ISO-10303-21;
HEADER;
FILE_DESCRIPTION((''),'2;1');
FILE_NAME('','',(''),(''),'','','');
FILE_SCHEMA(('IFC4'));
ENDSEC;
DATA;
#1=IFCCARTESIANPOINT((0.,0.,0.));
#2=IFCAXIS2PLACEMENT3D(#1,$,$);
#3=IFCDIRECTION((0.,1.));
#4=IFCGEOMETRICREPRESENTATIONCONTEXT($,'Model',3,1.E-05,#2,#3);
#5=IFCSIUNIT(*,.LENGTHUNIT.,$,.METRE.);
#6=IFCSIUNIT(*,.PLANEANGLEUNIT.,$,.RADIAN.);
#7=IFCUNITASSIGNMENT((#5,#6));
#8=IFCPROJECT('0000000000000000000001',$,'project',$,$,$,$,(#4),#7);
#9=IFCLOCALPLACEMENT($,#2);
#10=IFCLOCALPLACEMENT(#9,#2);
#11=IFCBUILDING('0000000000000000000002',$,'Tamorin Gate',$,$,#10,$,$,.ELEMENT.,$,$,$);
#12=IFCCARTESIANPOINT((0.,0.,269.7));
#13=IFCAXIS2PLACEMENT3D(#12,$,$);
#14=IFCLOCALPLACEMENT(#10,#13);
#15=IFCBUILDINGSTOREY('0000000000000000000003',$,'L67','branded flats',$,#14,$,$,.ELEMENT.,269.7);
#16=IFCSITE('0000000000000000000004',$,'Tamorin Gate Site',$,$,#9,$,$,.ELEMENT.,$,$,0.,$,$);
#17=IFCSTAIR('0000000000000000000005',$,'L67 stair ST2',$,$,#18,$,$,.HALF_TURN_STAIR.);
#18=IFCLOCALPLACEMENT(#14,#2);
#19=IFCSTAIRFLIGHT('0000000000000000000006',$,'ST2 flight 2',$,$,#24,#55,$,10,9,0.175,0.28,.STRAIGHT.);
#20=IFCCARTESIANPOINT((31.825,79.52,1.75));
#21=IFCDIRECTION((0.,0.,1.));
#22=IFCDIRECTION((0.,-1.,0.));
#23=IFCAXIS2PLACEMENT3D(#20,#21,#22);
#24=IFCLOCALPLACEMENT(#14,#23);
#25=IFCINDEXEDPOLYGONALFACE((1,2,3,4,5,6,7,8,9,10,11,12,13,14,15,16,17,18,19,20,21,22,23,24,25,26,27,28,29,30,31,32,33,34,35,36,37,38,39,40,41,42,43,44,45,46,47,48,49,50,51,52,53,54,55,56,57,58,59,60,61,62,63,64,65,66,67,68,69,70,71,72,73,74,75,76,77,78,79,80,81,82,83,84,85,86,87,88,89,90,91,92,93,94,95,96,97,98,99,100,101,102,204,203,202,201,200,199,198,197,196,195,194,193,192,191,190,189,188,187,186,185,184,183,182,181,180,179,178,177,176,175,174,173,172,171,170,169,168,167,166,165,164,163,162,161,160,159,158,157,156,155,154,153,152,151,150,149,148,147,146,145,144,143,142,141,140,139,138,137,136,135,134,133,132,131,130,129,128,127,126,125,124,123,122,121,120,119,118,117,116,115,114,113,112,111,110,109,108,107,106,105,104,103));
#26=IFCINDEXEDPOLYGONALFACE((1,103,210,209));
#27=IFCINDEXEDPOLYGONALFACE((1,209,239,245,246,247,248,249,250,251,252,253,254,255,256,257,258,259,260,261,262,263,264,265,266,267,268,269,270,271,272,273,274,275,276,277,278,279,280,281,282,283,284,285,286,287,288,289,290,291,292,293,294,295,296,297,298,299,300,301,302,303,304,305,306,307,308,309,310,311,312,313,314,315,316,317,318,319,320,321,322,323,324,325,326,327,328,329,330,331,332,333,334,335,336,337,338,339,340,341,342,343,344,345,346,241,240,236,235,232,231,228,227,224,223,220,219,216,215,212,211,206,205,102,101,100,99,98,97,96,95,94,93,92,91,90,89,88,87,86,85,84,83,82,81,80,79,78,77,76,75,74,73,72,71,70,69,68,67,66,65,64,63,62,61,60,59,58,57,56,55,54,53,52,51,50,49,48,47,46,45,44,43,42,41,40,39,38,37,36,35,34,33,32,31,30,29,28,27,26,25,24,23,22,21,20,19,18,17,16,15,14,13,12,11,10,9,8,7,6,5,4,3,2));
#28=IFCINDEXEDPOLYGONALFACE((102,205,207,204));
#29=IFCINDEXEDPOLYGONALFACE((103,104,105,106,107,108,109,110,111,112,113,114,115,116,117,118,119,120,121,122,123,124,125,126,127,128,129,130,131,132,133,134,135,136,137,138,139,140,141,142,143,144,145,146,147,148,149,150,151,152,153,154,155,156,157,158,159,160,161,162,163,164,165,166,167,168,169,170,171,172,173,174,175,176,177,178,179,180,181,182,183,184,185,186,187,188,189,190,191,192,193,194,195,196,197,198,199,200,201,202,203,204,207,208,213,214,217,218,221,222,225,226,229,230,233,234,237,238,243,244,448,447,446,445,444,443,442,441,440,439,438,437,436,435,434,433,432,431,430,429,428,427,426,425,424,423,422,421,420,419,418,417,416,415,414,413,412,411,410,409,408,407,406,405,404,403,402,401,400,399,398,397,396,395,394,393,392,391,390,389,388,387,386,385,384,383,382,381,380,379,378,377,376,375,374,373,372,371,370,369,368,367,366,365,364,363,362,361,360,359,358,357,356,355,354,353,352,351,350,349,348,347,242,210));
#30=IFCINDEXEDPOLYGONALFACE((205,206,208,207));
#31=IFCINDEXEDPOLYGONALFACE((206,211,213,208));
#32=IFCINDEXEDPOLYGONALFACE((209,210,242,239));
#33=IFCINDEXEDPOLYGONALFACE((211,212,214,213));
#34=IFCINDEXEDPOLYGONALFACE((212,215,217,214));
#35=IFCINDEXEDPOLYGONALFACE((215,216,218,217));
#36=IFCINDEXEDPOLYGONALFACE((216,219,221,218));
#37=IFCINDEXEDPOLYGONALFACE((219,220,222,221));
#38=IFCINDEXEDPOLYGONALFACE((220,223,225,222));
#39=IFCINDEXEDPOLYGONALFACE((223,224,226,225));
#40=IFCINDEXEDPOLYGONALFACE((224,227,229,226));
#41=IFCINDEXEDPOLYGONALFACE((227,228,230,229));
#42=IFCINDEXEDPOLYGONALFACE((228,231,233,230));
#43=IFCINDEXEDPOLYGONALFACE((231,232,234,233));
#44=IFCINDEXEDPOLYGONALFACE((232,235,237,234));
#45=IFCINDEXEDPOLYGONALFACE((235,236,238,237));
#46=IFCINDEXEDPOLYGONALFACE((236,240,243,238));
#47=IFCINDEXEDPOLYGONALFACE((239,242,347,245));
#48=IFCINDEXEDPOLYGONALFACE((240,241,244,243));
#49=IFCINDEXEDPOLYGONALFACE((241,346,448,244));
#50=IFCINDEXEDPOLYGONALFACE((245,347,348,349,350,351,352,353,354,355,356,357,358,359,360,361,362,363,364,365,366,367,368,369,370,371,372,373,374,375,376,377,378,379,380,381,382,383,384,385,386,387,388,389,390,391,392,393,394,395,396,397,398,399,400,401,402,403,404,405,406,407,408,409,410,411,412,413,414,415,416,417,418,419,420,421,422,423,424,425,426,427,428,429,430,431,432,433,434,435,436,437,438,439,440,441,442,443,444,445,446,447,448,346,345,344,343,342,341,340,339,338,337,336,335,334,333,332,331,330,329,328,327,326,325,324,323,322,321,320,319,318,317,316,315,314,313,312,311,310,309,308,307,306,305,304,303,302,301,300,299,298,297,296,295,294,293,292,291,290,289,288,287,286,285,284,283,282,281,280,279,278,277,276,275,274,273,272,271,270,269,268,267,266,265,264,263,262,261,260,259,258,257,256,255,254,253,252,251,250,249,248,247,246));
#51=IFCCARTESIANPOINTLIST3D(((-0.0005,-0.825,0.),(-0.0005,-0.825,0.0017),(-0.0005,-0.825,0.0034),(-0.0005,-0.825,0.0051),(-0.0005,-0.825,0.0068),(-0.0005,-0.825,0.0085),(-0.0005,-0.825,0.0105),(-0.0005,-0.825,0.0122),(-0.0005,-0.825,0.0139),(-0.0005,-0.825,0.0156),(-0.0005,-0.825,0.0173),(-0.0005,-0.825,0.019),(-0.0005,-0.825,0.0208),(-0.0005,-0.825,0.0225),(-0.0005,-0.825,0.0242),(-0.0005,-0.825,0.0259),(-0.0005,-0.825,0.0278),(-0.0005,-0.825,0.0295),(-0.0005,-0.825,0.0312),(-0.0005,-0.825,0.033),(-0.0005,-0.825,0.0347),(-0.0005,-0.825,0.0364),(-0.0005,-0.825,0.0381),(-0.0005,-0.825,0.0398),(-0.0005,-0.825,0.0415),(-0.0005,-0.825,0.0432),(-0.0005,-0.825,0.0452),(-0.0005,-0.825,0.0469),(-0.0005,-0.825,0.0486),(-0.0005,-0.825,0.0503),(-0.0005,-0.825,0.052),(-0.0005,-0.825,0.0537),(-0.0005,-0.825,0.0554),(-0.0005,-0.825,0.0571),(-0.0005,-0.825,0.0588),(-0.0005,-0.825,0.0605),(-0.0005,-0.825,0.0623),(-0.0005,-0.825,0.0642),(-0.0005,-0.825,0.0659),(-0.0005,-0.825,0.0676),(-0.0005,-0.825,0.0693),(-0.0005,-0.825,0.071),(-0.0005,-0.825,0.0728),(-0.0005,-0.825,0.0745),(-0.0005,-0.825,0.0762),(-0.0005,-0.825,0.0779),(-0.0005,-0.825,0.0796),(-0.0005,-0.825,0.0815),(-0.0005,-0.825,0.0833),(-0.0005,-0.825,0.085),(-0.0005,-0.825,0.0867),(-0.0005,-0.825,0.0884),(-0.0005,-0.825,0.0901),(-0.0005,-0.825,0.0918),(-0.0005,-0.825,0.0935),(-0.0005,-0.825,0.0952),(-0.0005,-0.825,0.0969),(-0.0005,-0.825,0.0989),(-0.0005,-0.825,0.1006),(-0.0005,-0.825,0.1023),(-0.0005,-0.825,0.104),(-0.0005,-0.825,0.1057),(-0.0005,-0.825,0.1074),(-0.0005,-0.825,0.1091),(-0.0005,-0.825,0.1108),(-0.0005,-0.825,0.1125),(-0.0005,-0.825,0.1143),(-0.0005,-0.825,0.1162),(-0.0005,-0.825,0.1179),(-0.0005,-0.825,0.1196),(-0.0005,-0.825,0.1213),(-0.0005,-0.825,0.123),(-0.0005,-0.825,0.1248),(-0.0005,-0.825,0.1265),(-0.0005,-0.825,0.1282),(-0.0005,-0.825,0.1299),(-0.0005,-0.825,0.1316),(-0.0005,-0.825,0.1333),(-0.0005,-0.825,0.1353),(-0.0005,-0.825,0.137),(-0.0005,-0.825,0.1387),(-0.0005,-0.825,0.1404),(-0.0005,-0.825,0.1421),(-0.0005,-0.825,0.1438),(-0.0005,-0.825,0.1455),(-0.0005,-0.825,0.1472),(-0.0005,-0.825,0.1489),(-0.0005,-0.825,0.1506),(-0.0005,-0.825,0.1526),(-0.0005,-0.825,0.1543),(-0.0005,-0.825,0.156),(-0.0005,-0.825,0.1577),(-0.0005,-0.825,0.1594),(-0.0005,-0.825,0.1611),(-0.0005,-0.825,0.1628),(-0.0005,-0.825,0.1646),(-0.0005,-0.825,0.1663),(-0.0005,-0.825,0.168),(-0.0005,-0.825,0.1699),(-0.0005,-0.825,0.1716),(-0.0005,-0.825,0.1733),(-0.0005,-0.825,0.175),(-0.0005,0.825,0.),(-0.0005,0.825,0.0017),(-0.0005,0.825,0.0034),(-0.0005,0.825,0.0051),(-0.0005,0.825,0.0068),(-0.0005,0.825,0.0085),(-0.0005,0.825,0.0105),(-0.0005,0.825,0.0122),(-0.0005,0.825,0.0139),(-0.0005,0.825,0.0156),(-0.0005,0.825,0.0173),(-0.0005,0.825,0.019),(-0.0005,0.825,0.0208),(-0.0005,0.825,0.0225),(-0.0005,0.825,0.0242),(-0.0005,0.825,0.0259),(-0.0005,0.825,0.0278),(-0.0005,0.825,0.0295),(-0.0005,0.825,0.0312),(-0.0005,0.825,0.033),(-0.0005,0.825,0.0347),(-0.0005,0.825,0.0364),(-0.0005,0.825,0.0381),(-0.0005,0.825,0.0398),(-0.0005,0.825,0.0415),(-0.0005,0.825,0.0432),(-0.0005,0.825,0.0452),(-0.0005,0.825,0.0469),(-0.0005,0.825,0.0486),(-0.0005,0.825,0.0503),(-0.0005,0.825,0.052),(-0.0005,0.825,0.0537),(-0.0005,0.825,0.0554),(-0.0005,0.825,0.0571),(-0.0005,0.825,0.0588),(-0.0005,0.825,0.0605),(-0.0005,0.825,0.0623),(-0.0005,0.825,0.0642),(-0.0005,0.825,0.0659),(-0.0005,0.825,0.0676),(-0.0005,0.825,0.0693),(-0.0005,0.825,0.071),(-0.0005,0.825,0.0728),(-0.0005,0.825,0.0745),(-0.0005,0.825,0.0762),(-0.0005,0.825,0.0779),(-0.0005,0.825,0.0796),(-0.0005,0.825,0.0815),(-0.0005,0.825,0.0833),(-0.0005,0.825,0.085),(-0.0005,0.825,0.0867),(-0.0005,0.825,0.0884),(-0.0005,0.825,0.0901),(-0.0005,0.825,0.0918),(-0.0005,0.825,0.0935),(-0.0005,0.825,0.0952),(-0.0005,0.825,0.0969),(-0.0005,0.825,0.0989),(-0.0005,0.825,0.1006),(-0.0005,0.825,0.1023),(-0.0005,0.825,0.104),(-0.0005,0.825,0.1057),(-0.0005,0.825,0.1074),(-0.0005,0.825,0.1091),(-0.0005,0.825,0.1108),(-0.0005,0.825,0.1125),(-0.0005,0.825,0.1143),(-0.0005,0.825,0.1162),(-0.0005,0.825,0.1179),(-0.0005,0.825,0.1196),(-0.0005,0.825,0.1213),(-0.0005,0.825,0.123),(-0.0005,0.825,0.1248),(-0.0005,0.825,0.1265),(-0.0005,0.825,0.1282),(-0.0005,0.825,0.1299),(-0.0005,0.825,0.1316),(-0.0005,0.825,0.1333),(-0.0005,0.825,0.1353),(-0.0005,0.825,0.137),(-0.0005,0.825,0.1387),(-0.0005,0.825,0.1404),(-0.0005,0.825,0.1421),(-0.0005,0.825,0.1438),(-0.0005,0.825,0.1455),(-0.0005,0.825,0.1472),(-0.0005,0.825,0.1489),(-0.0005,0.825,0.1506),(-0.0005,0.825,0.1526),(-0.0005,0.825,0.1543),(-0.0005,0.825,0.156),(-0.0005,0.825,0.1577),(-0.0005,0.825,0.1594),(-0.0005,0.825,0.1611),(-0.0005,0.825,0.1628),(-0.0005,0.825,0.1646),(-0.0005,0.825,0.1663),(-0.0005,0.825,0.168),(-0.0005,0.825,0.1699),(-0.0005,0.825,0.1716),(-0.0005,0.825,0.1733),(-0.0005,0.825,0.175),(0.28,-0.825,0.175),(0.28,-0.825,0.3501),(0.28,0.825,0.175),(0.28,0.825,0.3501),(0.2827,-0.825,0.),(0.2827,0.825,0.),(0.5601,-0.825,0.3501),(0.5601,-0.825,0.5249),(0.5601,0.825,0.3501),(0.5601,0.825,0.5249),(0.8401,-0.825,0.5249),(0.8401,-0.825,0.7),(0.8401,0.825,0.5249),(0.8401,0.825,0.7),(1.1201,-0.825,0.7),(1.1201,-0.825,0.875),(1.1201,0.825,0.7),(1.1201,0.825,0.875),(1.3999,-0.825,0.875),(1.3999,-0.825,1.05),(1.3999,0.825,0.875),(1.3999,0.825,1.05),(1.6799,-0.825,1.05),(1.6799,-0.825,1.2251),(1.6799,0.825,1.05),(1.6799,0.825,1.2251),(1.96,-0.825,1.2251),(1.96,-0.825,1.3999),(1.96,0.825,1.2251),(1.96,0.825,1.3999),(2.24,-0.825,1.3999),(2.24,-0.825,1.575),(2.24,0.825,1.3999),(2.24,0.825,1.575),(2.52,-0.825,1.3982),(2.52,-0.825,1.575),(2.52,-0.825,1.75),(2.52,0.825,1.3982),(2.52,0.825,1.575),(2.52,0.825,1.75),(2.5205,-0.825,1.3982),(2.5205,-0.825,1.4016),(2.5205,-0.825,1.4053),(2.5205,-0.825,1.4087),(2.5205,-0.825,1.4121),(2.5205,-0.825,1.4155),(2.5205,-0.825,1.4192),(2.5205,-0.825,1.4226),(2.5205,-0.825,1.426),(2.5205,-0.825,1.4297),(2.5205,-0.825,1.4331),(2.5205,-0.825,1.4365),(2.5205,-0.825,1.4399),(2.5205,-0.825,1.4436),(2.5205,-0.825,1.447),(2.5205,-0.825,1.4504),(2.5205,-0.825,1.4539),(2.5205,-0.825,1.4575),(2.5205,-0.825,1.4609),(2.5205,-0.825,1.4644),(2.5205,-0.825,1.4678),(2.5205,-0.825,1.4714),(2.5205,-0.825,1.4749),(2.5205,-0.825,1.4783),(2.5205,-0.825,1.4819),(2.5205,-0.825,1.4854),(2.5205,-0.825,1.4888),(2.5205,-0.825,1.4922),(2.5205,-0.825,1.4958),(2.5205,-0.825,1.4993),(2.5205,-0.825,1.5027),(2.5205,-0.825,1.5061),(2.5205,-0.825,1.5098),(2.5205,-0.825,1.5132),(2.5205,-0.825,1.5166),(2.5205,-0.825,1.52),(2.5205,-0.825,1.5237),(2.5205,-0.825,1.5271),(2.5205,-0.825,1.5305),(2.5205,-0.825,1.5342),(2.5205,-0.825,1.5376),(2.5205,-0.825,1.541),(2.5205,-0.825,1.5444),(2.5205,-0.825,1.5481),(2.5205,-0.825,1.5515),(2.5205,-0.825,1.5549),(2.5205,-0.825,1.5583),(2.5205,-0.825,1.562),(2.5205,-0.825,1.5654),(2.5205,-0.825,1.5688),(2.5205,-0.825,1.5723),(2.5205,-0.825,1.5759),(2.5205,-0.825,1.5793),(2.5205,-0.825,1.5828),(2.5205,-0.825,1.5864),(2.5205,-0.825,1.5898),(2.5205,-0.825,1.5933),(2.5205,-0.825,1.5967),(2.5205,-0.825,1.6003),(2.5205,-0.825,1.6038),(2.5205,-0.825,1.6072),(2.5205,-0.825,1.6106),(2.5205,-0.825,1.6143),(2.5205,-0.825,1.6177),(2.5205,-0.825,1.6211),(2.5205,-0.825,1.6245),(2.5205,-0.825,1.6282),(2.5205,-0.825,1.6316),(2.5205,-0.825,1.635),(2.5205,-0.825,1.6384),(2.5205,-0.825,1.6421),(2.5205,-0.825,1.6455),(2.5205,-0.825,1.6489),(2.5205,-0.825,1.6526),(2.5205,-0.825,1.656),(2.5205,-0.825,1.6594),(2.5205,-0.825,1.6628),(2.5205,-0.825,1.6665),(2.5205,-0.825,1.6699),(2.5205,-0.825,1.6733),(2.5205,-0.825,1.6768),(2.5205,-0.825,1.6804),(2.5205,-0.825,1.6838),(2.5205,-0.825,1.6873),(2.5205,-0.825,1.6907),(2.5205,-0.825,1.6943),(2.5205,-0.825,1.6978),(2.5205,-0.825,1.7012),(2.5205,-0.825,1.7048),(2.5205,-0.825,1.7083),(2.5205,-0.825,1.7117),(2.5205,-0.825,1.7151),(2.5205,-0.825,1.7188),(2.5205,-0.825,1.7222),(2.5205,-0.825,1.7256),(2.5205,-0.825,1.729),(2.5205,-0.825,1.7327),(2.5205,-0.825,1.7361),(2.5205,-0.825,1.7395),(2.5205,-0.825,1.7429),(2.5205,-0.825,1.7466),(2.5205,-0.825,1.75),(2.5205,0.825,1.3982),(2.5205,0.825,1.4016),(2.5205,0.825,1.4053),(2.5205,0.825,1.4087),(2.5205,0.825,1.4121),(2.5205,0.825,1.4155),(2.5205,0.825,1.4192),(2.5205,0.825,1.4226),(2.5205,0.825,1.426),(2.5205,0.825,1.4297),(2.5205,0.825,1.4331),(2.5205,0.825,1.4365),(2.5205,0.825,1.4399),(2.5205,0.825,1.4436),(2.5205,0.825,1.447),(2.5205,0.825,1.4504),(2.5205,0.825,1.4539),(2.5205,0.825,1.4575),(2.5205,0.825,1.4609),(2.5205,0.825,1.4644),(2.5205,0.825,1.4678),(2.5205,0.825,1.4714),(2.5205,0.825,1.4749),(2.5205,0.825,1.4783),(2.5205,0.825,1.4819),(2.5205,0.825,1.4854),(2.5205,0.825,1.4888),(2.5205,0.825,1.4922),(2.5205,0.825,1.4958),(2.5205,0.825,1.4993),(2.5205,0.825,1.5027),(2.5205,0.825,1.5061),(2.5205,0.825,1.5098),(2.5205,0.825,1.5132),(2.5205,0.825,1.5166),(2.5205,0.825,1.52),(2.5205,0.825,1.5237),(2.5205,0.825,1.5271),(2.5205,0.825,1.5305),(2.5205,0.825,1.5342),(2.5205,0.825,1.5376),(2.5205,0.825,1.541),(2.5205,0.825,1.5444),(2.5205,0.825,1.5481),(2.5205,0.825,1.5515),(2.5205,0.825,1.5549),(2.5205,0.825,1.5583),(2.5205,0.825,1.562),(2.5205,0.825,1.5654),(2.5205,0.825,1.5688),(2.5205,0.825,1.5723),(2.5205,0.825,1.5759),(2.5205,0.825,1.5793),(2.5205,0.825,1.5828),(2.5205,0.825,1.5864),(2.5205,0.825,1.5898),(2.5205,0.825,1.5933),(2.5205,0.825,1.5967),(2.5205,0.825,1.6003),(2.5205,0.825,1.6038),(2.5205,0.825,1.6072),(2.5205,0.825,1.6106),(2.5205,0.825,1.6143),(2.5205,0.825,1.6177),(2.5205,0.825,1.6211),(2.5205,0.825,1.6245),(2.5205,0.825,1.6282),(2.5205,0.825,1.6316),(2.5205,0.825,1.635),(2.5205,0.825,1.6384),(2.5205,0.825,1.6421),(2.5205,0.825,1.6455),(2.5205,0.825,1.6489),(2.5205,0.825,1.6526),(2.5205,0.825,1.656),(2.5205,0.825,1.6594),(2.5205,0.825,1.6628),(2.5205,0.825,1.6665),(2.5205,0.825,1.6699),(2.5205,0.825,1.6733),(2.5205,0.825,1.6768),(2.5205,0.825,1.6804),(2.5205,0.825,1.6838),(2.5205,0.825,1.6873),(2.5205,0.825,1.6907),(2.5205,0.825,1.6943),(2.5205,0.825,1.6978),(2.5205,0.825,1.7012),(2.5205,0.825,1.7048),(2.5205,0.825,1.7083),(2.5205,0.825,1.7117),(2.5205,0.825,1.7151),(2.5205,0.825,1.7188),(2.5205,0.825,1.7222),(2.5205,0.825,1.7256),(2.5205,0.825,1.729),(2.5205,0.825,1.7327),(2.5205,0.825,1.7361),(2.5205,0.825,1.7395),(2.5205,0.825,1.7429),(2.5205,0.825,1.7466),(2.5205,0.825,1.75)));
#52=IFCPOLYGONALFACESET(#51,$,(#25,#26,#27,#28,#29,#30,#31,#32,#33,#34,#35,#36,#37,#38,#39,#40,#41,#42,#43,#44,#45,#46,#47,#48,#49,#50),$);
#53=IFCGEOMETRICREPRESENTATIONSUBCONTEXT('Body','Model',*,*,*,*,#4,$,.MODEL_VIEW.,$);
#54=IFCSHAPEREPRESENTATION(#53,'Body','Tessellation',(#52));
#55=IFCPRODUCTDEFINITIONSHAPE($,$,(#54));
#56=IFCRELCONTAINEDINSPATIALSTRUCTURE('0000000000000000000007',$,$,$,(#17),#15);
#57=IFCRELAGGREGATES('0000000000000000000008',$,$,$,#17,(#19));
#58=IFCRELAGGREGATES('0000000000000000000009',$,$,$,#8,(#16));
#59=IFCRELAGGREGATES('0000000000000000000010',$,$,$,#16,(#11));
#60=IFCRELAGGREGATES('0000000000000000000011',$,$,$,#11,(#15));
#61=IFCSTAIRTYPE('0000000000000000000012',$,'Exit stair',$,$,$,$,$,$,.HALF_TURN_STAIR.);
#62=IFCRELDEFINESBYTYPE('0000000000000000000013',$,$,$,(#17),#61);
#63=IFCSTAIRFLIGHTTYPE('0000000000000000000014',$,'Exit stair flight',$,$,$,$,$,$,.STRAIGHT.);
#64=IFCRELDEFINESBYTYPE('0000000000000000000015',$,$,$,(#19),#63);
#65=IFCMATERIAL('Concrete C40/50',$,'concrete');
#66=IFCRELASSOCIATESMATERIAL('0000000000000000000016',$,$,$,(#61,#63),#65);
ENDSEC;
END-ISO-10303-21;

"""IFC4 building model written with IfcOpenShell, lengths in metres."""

from ifc_helpers import new_model, si_unit, direction, frame, origin, place, context, subcontext, project, spatial, polyline, outline, extrude, material, type_object, element, aggregate, save


model = new_model("IFC4")

# Units and contexts
model_context = context("Model", 3, precision=1e-05, world=origin(), true_north=direction((0.0, 1.0)))
body_context = subcontext(model_context, "Body", "Model", "MODEL_VIEW")
ifc_project = project(units=[si_unit("LENGTHUNIT", "METRE"), si_unit("PLANEANGLEUNIT", "RADIAN")], contexts=[model_context])

# Site, building, storey
site_placement = place(None, origin())
site = spatial("IfcSite", under=ifc_project, at=site_placement, Name="Tamorin Gate Site", CompositionType="ELEMENT", RefElevation=0.0)
building_placement = place(site_placement, origin())
building = spatial("IfcBuilding", under=site, at=building_placement, Name="Tamorin Gate", CompositionType="ELEMENT")
storey_placement = place(building_placement, frame((0.0, 0.0, 269.7)))
storey = spatial("IfcBuildingStorey", under=building, at=storey_placement, Name="L67", Description="branded flats", CompositionType="ELEMENT", Elevation=269.7)

# Stair, stair flight
ifc_material_1 = material(Name="Concrete C40/50", Category="concrete")
stair_type = type_object("IfcStairType", Name="Exit stair", PredefinedType="HALF_TURN_STAIR", material=ifc_material_1)
stair_placement = place(storey_placement, origin())
stair = element("IfcStair", 1, at=stair_placement, inside=storey, type_object=stair_type, Name="L67 stair ST2", PredefinedType="HALF_TURN_STAIR")
stair_flight_type = type_object("IfcStairFlightType", Name="Exit stair flight", PredefinedType="STRAIGHT", material=ifc_material_1)
stair_flight_placement = place(storey_placement, frame((31.825, 79.52, 1.75), z_axis=(0.0, 0.0, 1.0), x_axis=(0.0, -1.0, 0.0)))
stair_flight = element("IfcStairFlight", 2, at=stair_flight_placement, type_object=stair_flight_type, Name="ST2 flight 2", NumberOfRisers=10, NumberOfTreads=9, PredefinedType="STRAIGHT", RiserHeight=0.175, TreadLength=0.28, context=body_context, shape_type="SweptSolid", body=[
    extrude(outline(polyline([(-0.0005, 0.0), (-0.0005, 0.0017), (-0.0005, 0.0034), (-0.0005, 0.0051), (-0.0005, 0.0068), (-0.0005, 0.0085), (-0.0005, 0.0105), (-0.0005, 0.0122), (-0.0005, 0.0139), (-0.0005, 0.0156), (-0.0005, 0.0173), (-0.0005, 0.019), (-0.0005, 0.0208), (-0.0005, 0.0225), (-0.0005, 0.0242), (-0.0005, 0.0259), (-0.0005, 0.0278), (-0.0005, 0.0295), (-0.0005, 0.0312), (-0.0005, 0.033), (-0.0005, 0.0347), (-0.0005, 0.0364), (-0.0005, 0.0381), (-0.0005, 0.0398), (-0.0005, 0.0415), (-0.0005, 0.0432), (-0.0005, 0.0452), (-0.0005, 0.0469), (-0.0005, 0.0486), (-0.0005, 0.0503), (-0.0005, 0.052), (-0.0005, 0.0537), (-0.0005, 0.0554), (-0.0005, 0.0571), (-0.0005, 0.0588), (-0.0005, 0.0605), (-0.0005, 0.0623), (-0.0005, 0.0642), (-0.0005, 0.0659), (-0.0005, 0.0676), (-0.0005, 0.0693), (-0.0005, 0.071), (-0.0005, 0.0728), (-0.0005, 0.0745), (-0.0005, 0.0762), (-0.0005, 0.0779), (-0.0005, 0.0796), (-0.0005, 0.0815), (-0.0005, 0.0833), (-0.0005, 0.085), (-0.0005, 0.0867), (-0.0005, 0.0884), (-0.0005, 0.0901), (-0.0005, 0.0918), (-0.0005, 0.0935), (-0.0005, 0.0952), (-0.0005, 0.0969), (-0.0005, 0.0989), (-0.0005, 0.1006), (-0.0005, 0.1023), (-0.0005, 0.104), (-0.0005, 0.1057), (-0.0005, 0.1074), (-0.0005, 0.1091), (-0.0005, 0.1108), (-0.0005, 0.1125), (-0.0005, 0.1143), (-0.0005, 0.1162), (-0.0005, 0.1179), (-0.0005, 0.1196), (-0.0005, 0.1213), (-0.0005, 0.123), (-0.0005, 0.1248), (-0.0005, 0.1265), (-0.0005, 0.1282), (-0.0005, 0.1299), (-0.0005, 0.1316), (-0.0005, 0.1333), (-0.0005, 0.1353), (-0.0005, 0.137), (-0.0005, 0.1387), (-0.0005, 0.1404), (-0.0005, 0.1421), (-0.0005, 0.1438), (-0.0005, 0.1455), (-0.0005, 0.1472), (-0.0005, 0.1489), (-0.0005, 0.1506), (-0.0005, 0.1526), (-0.0005, 0.1543), (-0.0005, 0.156), (-0.0005, 0.1577), (-0.0005, 0.1594), (-0.0005, 0.1611), (-0.0005, 0.1628), (-0.0005, 0.1646), (-0.0005, 0.1663), (-0.0005, 0.168), (-0.0005, 0.1699), (-0.0005, 0.1716), (-0.0005, 0.1733), (-0.0005, 0.175), (0.28, 0.175), (0.28, 0.3501), (0.5601, 0.3501), (0.5601, 0.5249), (0.8401, 0.5249), (0.8401, 0.7), (1.1201, 0.7), (1.1201, 0.875), (1.3999, 0.875), (1.3999, 1.05), (1.6799, 1.05), (1.6799, 1.2251), (1.96, 1.2251), (1.96, 1.3999), (2.24, 1.3999), (2.24, 1.575), (2.52, 1.575), (2.52, 1.75), (2.5205, 1.75), (2.5205, 1.7466), (2.5205, 1.7429), (2.5205, 1.7395), (2.5205, 1.7361), (2.5205, 1.7327), (2.5205, 1.729), (2.5205, 1.7256), (2.5205, 1.7222), (2.5205, 1.7188), (2.5205, 1.7151), (2.5205, 1.7117), (2.5205, 1.7083), (2.5205, 1.7048), (2.5205, 1.7012), (2.5205, 1.6978), (2.5205, 1.6943), (2.5205, 1.6907), (2.5205, 1.6873), (2.5205, 1.6838), (2.5205, 1.6804), (2.5205, 1.6768), (2.5205, 1.6733), (2.5205, 1.6699), (2.5205, 1.6665), (2.5205, 1.6628), (2.5205, 1.6594), (2.5205, 1.656), (2.5205, 1.6526), (2.5205, 1.6489), (2.5205, 1.6455), (2.5205, 1.6421), (2.5205, 1.6384), (2.5205, 1.635), (2.5205, 1.6316), (2.5205, 1.6282), (2.5205, 1.6245), (2.5205, 1.6211), (2.5205, 1.6177), (2.5205, 1.6143), (2.5205, 1.6106), (2.5205, 1.6072), (2.5205, 1.6038), (2.5205, 1.6003), (2.5205, 1.5967), (2.5205, 1.5933), (2.5205, 1.5898), (2.5205, 1.5864), (2.5205, 1.5828), (2.5205, 1.5793), (2.5205, 1.5759), (2.5205, 1.5723), (2.5205, 1.5688), (2.5205, 1.5654), (2.5205, 1.562), (2.5205, 1.5583), (2.5205, 1.5549), (2.5205, 1.5515), (2.5205, 1.5481), (2.5205, 1.5444), (2.5205, 1.541), (2.5205, 1.5376), (2.5205, 1.5342), (2.5205, 1.5305), (2.5205, 1.5271), (2.5205, 1.5237), (2.5205, 1.52), (2.5205, 1.5166), (2.5205, 1.5132), (2.5205, 1.5098), (2.5205, 1.5061), (2.5205, 1.5027), (2.5205, 1.4993), (2.5205, 1.4958), (2.5205, 1.4922), (2.5205, 1.4888), (2.5205, 1.4854), (2.5205, 1.4819), (2.5205, 1.4783), (2.5205, 1.4749), (2.5205, 1.4714), (2.5205, 1.4678), (2.5205, 1.4644), (2.5205, 1.4609), (2.5205, 1.4575), (2.5205, 1.4539), (2.5205, 1.4504), (2.5205, 1.447), (2.5205, 1.4436), (2.5205, 1.4399), (2.5205, 1.4365), (2.5205, 1.4331), (2.5205, 1.4297), (2.5205, 1.426), (2.5205, 1.4226), (2.5205, 1.4192), (2.5205, 1.4155), (2.5205, 1.4121), (2.5205, 1.4087), (2.5205, 1.4053), (2.5205, 1.4016), (2.5205, 1.3982), (2.52, 1.3982), (0.2827, 0.0), (-0.0005, 0.0)])), frame((0.0, 0.825, 0.0), z_axis=(0.0, -1.0, 0.0), x_axis=(1.0, 0.0, 0.0)), (0.0, 0.0, 1.0), 1.6499),
])
aggregate(stair, [stair_flight])

save(model, "model.ifc")
